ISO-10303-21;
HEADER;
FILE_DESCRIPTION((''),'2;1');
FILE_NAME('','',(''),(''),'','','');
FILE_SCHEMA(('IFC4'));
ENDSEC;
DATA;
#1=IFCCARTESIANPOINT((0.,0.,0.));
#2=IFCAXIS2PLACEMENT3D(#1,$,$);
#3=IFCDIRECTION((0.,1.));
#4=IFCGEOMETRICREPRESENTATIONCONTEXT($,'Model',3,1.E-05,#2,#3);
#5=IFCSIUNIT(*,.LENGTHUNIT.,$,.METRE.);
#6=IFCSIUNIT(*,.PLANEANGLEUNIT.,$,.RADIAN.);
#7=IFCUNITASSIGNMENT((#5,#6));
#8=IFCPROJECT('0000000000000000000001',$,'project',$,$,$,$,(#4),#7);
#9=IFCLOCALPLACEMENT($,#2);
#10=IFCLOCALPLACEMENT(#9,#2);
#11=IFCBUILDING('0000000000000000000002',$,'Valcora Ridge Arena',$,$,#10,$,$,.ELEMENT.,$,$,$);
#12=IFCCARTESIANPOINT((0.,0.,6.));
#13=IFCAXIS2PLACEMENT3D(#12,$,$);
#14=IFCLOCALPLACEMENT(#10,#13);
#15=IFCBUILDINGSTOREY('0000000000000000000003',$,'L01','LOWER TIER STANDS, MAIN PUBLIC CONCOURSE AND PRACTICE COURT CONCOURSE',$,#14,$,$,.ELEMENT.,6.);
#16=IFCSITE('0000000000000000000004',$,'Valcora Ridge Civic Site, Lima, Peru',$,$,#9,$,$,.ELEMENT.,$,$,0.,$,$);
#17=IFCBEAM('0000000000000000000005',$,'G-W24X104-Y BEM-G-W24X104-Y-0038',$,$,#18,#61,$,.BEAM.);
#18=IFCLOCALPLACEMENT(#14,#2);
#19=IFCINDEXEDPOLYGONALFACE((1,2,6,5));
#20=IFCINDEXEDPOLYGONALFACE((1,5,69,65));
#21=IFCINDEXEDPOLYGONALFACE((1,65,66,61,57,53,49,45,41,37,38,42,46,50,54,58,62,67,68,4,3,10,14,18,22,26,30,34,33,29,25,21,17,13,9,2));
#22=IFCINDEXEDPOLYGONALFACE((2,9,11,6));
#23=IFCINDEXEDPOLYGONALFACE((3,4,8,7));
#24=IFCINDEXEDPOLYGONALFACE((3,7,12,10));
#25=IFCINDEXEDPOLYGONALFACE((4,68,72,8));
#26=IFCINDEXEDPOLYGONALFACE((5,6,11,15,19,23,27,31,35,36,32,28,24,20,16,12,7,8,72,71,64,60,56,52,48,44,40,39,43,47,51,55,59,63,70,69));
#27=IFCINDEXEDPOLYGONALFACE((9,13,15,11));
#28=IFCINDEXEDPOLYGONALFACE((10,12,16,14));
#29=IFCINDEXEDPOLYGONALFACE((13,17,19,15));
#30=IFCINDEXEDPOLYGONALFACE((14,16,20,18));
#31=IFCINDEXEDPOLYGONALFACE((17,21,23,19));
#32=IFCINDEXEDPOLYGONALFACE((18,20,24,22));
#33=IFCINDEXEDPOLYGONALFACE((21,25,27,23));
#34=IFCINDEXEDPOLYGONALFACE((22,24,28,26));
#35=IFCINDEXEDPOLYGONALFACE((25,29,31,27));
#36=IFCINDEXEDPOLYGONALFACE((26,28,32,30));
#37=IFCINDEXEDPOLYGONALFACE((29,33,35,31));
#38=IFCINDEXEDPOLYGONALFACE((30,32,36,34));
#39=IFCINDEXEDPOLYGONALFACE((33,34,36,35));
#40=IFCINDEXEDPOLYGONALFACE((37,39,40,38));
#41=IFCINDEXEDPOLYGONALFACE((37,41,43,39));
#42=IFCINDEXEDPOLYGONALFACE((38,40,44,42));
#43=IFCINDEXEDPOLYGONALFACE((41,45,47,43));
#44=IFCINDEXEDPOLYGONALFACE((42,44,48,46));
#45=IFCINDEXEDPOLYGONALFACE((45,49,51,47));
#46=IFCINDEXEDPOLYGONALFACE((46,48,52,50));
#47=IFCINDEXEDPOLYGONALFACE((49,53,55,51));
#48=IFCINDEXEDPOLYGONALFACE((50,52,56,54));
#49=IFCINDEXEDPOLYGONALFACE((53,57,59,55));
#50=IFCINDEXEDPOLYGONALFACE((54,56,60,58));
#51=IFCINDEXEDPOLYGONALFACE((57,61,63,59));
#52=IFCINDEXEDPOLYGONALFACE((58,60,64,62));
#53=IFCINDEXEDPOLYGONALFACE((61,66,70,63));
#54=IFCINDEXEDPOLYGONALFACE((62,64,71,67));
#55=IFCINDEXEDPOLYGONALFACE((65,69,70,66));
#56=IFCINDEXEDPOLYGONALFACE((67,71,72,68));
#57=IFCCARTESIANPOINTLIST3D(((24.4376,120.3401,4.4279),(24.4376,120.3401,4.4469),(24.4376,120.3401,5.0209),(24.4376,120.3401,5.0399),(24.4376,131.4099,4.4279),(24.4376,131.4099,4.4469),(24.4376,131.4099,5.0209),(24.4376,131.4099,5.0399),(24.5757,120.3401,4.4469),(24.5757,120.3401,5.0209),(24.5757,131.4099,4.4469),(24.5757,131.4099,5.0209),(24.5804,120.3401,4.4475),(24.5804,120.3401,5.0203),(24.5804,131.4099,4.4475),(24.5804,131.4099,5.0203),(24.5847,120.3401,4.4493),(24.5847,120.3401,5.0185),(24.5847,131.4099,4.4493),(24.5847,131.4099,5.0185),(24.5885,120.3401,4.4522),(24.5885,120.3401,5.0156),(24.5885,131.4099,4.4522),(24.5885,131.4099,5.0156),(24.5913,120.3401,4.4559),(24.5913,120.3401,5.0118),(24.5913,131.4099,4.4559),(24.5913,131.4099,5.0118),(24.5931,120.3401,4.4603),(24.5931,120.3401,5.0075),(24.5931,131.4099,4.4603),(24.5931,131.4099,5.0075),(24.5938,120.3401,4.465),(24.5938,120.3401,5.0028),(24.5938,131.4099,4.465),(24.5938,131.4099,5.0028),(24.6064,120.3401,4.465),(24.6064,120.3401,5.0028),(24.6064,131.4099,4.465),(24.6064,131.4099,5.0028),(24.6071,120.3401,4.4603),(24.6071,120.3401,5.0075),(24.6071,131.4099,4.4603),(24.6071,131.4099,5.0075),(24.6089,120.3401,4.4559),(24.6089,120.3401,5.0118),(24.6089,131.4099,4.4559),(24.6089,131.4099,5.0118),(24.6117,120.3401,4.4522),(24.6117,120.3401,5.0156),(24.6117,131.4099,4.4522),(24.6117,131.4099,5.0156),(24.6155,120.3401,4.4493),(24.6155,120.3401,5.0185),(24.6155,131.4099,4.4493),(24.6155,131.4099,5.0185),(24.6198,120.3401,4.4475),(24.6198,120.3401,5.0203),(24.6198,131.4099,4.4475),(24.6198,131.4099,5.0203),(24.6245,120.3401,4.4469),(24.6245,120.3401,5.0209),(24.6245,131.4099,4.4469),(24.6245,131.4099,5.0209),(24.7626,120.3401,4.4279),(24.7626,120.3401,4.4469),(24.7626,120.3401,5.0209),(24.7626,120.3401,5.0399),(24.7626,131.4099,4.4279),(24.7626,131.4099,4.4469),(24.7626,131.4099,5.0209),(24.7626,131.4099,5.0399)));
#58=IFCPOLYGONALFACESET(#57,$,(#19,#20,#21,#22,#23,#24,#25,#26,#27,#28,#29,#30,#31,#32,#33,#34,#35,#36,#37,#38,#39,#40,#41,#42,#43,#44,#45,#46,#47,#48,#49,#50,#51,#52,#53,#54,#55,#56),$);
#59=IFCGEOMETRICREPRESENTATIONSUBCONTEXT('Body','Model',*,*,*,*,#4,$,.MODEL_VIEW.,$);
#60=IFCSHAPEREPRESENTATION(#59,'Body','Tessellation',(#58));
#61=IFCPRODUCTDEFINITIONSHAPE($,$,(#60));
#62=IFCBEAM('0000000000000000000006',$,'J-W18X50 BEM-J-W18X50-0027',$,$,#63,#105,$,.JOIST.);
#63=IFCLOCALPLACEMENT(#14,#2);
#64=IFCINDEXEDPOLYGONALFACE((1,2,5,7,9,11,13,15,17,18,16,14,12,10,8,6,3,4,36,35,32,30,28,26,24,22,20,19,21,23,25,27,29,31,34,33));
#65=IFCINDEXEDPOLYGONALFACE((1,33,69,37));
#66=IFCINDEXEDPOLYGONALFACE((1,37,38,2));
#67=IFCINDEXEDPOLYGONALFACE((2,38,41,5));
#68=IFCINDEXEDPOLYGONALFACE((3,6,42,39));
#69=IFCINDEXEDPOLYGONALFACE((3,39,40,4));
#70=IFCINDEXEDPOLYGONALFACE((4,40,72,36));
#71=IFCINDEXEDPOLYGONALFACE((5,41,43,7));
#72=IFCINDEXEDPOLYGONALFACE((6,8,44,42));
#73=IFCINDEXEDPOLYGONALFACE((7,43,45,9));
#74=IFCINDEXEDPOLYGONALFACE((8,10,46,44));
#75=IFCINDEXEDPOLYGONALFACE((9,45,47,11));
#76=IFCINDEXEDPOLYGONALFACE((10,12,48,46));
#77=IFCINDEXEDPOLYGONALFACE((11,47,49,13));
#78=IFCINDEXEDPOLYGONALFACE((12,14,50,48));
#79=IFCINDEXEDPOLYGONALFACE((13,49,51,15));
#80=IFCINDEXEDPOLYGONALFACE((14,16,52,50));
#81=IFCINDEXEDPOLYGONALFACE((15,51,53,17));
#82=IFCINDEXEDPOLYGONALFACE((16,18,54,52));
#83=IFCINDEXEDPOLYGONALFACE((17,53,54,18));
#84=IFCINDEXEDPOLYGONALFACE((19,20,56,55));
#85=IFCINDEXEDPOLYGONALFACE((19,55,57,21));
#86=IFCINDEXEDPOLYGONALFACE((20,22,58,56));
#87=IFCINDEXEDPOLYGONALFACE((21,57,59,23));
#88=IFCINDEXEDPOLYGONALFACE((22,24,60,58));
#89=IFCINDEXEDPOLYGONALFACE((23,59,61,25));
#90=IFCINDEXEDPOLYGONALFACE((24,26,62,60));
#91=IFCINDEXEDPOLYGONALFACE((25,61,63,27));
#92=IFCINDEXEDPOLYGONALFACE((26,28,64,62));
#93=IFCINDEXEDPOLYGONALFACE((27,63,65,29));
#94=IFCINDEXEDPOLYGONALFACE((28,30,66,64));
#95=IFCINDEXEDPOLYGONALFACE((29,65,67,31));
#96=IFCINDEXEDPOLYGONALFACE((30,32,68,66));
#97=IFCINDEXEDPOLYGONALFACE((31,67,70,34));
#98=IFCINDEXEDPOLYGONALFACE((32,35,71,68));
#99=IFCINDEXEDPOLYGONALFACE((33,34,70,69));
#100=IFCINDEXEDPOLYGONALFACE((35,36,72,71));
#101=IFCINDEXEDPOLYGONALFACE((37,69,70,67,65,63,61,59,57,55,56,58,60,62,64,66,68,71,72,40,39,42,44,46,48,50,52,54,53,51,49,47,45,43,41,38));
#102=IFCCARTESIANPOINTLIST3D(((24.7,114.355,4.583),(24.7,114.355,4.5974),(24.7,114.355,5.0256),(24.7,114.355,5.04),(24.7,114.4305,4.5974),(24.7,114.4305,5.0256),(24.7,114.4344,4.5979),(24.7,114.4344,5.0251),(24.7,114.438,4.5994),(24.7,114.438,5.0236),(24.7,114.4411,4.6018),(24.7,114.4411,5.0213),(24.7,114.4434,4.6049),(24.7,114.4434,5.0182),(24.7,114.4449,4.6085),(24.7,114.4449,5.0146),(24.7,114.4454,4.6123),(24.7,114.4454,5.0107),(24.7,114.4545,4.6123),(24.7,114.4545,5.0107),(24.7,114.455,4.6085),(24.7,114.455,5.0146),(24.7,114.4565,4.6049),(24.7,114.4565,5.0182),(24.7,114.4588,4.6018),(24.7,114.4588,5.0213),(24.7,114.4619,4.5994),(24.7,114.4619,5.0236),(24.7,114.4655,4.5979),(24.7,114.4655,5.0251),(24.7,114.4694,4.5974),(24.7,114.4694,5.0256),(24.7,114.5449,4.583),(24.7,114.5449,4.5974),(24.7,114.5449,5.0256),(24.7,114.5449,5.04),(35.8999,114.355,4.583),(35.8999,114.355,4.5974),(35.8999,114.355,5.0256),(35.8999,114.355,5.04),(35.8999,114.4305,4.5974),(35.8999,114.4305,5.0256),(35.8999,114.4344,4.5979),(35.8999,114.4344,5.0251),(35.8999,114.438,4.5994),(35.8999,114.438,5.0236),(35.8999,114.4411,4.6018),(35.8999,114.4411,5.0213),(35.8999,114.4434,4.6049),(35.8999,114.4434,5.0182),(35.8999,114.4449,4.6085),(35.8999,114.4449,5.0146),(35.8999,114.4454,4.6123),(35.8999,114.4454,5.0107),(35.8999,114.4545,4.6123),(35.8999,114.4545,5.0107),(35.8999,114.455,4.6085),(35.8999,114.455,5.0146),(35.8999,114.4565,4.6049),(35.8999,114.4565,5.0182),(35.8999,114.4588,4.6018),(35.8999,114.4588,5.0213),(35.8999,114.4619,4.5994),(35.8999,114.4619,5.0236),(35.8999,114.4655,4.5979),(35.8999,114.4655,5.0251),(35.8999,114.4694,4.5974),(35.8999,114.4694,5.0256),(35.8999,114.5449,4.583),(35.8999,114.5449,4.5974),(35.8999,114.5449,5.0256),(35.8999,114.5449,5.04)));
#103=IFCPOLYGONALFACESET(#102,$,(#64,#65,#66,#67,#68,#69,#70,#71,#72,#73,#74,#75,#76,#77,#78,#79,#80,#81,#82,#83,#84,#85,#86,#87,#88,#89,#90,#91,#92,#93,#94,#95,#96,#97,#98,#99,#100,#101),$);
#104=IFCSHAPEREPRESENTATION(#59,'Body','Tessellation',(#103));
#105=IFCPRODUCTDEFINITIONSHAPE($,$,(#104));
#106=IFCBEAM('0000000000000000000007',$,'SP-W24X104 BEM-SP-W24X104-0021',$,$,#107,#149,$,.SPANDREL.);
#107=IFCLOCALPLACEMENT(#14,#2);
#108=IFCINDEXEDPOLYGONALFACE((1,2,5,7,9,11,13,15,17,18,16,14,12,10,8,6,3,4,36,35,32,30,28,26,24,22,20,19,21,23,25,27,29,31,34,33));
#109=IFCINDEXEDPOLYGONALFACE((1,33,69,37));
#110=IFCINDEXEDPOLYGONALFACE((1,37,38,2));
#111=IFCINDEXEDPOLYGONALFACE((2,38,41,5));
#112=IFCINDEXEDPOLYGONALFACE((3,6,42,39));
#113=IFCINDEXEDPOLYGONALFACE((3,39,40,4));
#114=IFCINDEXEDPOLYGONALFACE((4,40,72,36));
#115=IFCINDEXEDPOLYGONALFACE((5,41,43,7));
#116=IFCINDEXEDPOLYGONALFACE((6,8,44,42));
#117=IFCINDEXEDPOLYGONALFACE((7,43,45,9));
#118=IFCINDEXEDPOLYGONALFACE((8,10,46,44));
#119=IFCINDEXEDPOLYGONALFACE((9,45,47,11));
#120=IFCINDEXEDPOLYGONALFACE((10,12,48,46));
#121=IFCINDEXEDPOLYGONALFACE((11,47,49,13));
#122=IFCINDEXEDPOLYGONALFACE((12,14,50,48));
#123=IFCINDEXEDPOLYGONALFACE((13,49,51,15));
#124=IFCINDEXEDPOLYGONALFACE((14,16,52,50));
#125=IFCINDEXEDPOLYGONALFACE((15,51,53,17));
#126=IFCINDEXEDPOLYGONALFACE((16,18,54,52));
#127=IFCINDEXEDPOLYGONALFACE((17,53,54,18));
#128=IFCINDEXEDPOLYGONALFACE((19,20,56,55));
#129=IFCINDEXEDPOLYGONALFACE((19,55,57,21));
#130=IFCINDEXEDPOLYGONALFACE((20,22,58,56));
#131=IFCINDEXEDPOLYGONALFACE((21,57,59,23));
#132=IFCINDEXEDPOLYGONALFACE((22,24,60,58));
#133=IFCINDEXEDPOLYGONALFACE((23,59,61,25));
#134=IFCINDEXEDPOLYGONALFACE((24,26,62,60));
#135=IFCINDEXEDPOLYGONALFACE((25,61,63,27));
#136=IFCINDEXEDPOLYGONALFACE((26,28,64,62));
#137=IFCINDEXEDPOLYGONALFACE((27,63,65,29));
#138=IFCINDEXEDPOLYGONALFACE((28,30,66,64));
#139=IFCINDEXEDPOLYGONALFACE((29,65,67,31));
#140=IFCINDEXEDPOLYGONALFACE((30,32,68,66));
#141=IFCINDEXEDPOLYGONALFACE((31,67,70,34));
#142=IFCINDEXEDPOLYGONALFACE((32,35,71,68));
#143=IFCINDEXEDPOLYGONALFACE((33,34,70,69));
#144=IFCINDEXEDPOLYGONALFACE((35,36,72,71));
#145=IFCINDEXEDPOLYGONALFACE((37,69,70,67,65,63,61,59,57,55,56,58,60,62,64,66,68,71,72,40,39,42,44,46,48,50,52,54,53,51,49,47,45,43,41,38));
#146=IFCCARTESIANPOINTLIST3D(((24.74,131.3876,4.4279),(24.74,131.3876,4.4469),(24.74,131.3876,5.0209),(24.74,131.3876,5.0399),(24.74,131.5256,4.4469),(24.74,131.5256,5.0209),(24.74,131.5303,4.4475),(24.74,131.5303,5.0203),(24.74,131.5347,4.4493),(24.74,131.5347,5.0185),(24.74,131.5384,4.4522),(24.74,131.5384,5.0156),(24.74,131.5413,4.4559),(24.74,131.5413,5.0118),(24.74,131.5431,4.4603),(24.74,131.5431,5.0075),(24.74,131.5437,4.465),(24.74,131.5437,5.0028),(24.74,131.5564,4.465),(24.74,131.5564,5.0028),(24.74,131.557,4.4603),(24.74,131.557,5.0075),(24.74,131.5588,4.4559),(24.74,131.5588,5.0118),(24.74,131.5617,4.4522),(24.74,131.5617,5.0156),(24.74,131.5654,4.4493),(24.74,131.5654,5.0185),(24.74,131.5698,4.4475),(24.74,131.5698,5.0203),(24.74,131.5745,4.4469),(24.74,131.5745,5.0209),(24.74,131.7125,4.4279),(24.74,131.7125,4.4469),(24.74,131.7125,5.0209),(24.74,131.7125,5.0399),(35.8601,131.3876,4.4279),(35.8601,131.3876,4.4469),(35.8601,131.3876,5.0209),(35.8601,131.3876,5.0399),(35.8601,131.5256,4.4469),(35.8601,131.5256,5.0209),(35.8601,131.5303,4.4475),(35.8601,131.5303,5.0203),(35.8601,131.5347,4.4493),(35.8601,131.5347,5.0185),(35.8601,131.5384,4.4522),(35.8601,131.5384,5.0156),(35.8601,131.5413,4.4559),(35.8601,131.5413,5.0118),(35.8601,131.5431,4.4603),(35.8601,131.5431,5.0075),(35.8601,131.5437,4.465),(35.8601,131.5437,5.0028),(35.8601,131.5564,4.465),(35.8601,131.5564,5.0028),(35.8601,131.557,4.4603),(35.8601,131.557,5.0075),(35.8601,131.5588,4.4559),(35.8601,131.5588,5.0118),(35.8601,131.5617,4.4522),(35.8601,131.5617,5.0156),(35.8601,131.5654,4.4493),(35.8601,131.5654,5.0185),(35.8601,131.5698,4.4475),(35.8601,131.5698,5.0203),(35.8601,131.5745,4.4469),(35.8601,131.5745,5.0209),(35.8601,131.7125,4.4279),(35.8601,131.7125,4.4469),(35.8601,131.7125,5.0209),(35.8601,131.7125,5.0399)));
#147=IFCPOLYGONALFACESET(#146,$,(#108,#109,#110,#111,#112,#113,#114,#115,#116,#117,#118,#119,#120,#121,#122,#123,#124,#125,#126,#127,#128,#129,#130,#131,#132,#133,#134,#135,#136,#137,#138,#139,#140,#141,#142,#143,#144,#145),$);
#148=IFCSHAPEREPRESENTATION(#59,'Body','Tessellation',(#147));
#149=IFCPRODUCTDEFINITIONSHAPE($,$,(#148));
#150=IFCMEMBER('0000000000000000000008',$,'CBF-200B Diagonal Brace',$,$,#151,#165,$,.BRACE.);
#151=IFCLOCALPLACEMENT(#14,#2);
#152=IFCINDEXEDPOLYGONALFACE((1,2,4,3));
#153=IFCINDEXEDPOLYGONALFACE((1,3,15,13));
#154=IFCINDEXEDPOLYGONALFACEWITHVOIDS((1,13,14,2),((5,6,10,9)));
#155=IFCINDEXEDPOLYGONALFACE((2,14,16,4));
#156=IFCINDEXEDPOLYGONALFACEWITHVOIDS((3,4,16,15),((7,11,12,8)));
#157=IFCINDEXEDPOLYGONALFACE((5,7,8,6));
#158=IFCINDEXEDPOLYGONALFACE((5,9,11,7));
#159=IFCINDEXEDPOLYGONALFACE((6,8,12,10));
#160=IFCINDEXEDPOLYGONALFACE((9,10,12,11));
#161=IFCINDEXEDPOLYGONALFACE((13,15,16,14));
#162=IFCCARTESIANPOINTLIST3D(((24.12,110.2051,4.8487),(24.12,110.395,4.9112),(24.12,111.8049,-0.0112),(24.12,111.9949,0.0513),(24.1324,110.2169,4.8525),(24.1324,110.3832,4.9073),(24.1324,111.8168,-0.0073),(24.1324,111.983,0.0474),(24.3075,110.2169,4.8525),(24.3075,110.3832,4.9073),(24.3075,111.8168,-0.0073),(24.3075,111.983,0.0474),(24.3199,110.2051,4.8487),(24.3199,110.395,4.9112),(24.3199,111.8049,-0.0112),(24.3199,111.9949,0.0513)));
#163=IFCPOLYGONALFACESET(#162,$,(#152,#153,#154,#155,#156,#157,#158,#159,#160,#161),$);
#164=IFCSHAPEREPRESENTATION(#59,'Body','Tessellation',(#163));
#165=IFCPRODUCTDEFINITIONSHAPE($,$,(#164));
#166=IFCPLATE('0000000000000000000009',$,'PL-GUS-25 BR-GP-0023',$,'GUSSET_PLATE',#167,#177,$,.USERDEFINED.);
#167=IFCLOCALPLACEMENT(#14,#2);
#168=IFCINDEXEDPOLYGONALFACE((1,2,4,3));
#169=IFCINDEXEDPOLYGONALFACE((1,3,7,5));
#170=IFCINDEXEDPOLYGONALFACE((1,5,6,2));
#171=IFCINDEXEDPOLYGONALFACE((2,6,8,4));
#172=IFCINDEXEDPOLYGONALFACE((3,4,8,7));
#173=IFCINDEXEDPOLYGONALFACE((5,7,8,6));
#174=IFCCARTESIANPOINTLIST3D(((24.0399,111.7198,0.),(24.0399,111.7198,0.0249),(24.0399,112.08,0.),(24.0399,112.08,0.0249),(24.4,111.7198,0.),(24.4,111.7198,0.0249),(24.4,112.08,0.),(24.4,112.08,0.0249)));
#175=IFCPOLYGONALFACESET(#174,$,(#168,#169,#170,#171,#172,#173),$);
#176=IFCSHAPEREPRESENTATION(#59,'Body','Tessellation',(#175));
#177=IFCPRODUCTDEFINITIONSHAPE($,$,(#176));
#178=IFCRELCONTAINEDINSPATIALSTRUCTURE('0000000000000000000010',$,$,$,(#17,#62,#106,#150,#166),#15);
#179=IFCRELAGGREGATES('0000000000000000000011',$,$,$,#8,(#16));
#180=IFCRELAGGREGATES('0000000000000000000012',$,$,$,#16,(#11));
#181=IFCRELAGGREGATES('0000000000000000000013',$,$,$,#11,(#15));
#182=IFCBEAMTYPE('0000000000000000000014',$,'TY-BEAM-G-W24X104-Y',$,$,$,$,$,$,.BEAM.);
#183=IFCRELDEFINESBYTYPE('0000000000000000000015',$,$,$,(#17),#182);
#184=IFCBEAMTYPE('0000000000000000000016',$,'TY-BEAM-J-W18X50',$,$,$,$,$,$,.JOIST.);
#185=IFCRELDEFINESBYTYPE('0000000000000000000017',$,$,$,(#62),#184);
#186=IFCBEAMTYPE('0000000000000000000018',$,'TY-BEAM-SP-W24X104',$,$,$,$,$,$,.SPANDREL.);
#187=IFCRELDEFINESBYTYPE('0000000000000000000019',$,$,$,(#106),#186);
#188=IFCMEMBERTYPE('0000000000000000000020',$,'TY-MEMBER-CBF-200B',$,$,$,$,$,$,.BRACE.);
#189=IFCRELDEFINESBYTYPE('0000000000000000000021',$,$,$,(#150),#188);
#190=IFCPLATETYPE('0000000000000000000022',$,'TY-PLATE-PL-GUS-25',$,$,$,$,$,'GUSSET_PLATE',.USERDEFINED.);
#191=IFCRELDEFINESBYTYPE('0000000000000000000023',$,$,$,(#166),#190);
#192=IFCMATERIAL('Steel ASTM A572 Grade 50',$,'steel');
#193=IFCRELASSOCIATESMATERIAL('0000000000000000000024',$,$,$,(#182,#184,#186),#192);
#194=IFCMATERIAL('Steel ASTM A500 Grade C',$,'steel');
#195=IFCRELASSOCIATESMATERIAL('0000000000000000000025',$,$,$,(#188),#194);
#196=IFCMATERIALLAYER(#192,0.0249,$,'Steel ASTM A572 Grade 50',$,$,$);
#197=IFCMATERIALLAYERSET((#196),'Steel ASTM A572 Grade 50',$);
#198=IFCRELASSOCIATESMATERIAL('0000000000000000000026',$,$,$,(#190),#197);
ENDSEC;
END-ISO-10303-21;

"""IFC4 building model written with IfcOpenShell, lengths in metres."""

from ifc_helpers import new_model, si_unit, direction, frame, origin, origin_2d, place, context, subcontext, project, spatial, rectangle, hollow_rectangle, i_section, extrude, material, layer, layer_set, material_profile, profile_set, type_object, element, save


model = new_model("IFC4")

# Units and contexts
model_context = context("Model", 3, precision=1e-05, world=origin(), true_north=direction((0.0, 1.0)))
body_context = subcontext(model_context, "Body", "Model", "MODEL_VIEW")
ifc_project = project(units=[si_unit("LENGTHUNIT", "METRE"), si_unit("PLANEANGLEUNIT", "RADIAN")], contexts=[model_context])

# Site, building, storey
site_placement = place(None, origin())
site = spatial("IfcSite", under=ifc_project, at=site_placement, Name="Valcora Ridge Civic Site, Lima, Peru", CompositionType="ELEMENT", RefElevation=0.0)
building_placement = place(site_placement, origin())
building = spatial("IfcBuilding", under=site, at=building_placement, Name="Valcora Ridge Arena", CompositionType="ELEMENT")
storey_placement = place(building_placement, frame((0.0, 0.0, 6.0)))
storey = spatial("IfcBuildingStorey", under=building, at=storey_placement, Name="L01", Description="LOWER TIER STANDS, MAIN PUBLIC CONCOURSE AND PRACTICE COURT CONCOURSE", CompositionType="ELEMENT", Elevation=6.0)

# Shared definitions
ifc_material_1 = material(Name="Steel ASTM A500 Grade C", Category="steel")

# Beams
ifc_material_2 = material(Name="Steel ASTM A572 Grade 50", Category="steel")
ifc_material_profile_1 = material_profile(ifc_material_2, i_section(OverallWidth=0.325, OverallDepth=0.6121, WebThickness=0.0127, FlangeThickness=0.019, FilletRadius=0.0181, at=origin_2d()), Name="W24X104")
ifc_profile_set_1 = profile_set([ifc_material_profile_1], Name="Steel ASTM A572 Grade 50")
beam_type_1 = type_object("IfcBeamType", Name="TY-BEAM-G-W24X104-Y", PredefinedType="BEAM", material=ifc_profile_set_1)
beam_1_placement = place(storey_placement, frame((24.6001, 120.3401, 4.7339), z_axis=(0.0, 1.0, 0.0), x_axis=(-1.0, 0.0, 0.0)))
element("IfcBeam", 1, at=beam_1_placement, inside=storey, type_object=beam_type_1, Name="G-W24X104-Y BEM-G-W24X104-Y-0038", PredefinedType="BEAM", context=body_context, shape_type="SweptSolid", body=[
    extrude(i_section(OverallWidth=0.325, OverallDepth=0.6121, WebThickness=0.0127, FlangeThickness=0.019, FilletRadius=0.0181, at=origin_2d()), origin(), (0.0, 0.0, 1.0), 11.0698),
])
ifc_material_profile_2 = material_profile(ifc_material_2, i_section(OverallWidth=0.1899, OverallDepth=0.457, WebThickness=0.009, FlangeThickness=0.0144, FilletRadius=0.0149, at=origin_2d()), Name="W18X50")
ifc_profile_set_2 = profile_set([ifc_material_profile_2], Name="Steel ASTM A572 Grade 50")
beam_type_2 = type_object("IfcBeamType", Name="TY-BEAM-J-W18X50", PredefinedType="JOIST", material=ifc_profile_set_2)
beam_2_placement = place(storey_placement, frame((24.7, 114.45, 4.8115), z_axis=(1.0, 0.0, 0.0), x_axis=(0.0, 1.0, 0.0)))
element("IfcBeam", 2, at=beam_2_placement, inside=storey, type_object=beam_type_2, Name="J-W18X50 BEM-J-W18X50-0027", PredefinedType="JOIST", context=body_context, shape_type="SweptSolid", body=[
    extrude(i_section(OverallWidth=0.1899, OverallDepth=0.457, WebThickness=0.009, FlangeThickness=0.0144, FilletRadius=0.0149, at=origin_2d()), origin(), (0.0, 0.0, 1.0), 11.2),
])
ifc_material_profile_3 = material_profile(ifc_material_2, i_section(OverallWidth=0.325, OverallDepth=0.6121, WebThickness=0.0127, FlangeThickness=0.019, FilletRadius=0.0181, at=origin_2d()), Name="W24X104")
ifc_profile_set_3 = profile_set([ifc_material_profile_3], Name="Steel ASTM A572 Grade 50")
beam_type_3 = type_object("IfcBeamType", Name="TY-BEAM-SP-W24X104", PredefinedType="SPANDREL", material=ifc_profile_set_3)
beam_3_placement = place(storey_placement, frame((24.74, 131.55, 4.7339), z_axis=(1.0, 0.0, 0.0), x_axis=(0.0, 1.0, 0.0)))
element("IfcBeam", 3, at=beam_3_placement, inside=storey, type_object=beam_type_3, Name="SP-W24X104 BEM-SP-W24X104-0021", PredefinedType="SPANDREL", context=body_context, shape_type="SweptSolid", body=[
    extrude(i_section(OverallWidth=0.325, OverallDepth=0.6121, WebThickness=0.0127, FlangeThickness=0.019, FilletRadius=0.0181, at=origin_2d()), origin(), (0.0, 0.0, 1.0), 11.1201),
])

# Member
ifc_material_profile_4 = material_profile(ifc_material_1, hollow_rectangle(XDim=0.2, YDim=0.2, WallThickness=0.0125, at=origin_2d()), Name="HSS200X200X12")
ifc_profile_set_4 = profile_set([ifc_material_profile_4], Name="Steel ASTM A500 Grade C")
member_type = type_object("IfcMemberType", Name="TY-MEMBER-CBF-200B", PredefinedType="BRACE", material=ifc_profile_set_4)
member_placement = place(storey_placement, frame((24.22, 111.8999, 0.02), z_axis=(0.0, -0.31269, 0.949855), x_axis=(1.0, 0.0, 0.0)))
element("IfcMember", 4, at=member_placement, inside=storey, type_object=member_type, Name="CBF-200B Diagonal Brace", PredefinedType="BRACE", context=body_context, shape_type="SweptSolid", body=[
    extrude(hollow_rectangle(XDim=0.2, YDim=0.2, WallThickness=0.0125, at=origin_2d()), origin(), (0.0, 0.0, 1.0), 5.1165),
])

# Plate
ifc_layer_1 = layer(ifc_material_2, 0.0249, Name="Steel ASTM A572 Grade 50")
ifc_layer_set_1 = layer_set([ifc_layer_1], Name="Steel ASTM A572 Grade 50")
plate_type = type_object("IfcPlateType", Name="TY-PLATE-PL-GUS-25", ElementType="GUSSET_PLATE", PredefinedType="USERDEFINED", material=ifc_layer_set_1)
plate_placement = place(storey_placement, frame((24.22, 111.8999, 0.0), z_axis=(0.0, 0.0, 1.0), x_axis=(1.0, 0.0, 0.0)))
element("IfcPlate", 5, at=plate_placement, inside=storey, type_object=plate_type, Name="PL-GUS-25 BR-GP-0023", ObjectType="GUSSET_PLATE", PredefinedType="USERDEFINED", context=body_context, shape_type="SweptSolid", body=[
    extrude(rectangle(XDim=0.3601, YDim=0.3601, at=origin_2d()), origin(), (0.0, 0.0, 1.0), 0.0249),
])

save(model, "model.ifc")
